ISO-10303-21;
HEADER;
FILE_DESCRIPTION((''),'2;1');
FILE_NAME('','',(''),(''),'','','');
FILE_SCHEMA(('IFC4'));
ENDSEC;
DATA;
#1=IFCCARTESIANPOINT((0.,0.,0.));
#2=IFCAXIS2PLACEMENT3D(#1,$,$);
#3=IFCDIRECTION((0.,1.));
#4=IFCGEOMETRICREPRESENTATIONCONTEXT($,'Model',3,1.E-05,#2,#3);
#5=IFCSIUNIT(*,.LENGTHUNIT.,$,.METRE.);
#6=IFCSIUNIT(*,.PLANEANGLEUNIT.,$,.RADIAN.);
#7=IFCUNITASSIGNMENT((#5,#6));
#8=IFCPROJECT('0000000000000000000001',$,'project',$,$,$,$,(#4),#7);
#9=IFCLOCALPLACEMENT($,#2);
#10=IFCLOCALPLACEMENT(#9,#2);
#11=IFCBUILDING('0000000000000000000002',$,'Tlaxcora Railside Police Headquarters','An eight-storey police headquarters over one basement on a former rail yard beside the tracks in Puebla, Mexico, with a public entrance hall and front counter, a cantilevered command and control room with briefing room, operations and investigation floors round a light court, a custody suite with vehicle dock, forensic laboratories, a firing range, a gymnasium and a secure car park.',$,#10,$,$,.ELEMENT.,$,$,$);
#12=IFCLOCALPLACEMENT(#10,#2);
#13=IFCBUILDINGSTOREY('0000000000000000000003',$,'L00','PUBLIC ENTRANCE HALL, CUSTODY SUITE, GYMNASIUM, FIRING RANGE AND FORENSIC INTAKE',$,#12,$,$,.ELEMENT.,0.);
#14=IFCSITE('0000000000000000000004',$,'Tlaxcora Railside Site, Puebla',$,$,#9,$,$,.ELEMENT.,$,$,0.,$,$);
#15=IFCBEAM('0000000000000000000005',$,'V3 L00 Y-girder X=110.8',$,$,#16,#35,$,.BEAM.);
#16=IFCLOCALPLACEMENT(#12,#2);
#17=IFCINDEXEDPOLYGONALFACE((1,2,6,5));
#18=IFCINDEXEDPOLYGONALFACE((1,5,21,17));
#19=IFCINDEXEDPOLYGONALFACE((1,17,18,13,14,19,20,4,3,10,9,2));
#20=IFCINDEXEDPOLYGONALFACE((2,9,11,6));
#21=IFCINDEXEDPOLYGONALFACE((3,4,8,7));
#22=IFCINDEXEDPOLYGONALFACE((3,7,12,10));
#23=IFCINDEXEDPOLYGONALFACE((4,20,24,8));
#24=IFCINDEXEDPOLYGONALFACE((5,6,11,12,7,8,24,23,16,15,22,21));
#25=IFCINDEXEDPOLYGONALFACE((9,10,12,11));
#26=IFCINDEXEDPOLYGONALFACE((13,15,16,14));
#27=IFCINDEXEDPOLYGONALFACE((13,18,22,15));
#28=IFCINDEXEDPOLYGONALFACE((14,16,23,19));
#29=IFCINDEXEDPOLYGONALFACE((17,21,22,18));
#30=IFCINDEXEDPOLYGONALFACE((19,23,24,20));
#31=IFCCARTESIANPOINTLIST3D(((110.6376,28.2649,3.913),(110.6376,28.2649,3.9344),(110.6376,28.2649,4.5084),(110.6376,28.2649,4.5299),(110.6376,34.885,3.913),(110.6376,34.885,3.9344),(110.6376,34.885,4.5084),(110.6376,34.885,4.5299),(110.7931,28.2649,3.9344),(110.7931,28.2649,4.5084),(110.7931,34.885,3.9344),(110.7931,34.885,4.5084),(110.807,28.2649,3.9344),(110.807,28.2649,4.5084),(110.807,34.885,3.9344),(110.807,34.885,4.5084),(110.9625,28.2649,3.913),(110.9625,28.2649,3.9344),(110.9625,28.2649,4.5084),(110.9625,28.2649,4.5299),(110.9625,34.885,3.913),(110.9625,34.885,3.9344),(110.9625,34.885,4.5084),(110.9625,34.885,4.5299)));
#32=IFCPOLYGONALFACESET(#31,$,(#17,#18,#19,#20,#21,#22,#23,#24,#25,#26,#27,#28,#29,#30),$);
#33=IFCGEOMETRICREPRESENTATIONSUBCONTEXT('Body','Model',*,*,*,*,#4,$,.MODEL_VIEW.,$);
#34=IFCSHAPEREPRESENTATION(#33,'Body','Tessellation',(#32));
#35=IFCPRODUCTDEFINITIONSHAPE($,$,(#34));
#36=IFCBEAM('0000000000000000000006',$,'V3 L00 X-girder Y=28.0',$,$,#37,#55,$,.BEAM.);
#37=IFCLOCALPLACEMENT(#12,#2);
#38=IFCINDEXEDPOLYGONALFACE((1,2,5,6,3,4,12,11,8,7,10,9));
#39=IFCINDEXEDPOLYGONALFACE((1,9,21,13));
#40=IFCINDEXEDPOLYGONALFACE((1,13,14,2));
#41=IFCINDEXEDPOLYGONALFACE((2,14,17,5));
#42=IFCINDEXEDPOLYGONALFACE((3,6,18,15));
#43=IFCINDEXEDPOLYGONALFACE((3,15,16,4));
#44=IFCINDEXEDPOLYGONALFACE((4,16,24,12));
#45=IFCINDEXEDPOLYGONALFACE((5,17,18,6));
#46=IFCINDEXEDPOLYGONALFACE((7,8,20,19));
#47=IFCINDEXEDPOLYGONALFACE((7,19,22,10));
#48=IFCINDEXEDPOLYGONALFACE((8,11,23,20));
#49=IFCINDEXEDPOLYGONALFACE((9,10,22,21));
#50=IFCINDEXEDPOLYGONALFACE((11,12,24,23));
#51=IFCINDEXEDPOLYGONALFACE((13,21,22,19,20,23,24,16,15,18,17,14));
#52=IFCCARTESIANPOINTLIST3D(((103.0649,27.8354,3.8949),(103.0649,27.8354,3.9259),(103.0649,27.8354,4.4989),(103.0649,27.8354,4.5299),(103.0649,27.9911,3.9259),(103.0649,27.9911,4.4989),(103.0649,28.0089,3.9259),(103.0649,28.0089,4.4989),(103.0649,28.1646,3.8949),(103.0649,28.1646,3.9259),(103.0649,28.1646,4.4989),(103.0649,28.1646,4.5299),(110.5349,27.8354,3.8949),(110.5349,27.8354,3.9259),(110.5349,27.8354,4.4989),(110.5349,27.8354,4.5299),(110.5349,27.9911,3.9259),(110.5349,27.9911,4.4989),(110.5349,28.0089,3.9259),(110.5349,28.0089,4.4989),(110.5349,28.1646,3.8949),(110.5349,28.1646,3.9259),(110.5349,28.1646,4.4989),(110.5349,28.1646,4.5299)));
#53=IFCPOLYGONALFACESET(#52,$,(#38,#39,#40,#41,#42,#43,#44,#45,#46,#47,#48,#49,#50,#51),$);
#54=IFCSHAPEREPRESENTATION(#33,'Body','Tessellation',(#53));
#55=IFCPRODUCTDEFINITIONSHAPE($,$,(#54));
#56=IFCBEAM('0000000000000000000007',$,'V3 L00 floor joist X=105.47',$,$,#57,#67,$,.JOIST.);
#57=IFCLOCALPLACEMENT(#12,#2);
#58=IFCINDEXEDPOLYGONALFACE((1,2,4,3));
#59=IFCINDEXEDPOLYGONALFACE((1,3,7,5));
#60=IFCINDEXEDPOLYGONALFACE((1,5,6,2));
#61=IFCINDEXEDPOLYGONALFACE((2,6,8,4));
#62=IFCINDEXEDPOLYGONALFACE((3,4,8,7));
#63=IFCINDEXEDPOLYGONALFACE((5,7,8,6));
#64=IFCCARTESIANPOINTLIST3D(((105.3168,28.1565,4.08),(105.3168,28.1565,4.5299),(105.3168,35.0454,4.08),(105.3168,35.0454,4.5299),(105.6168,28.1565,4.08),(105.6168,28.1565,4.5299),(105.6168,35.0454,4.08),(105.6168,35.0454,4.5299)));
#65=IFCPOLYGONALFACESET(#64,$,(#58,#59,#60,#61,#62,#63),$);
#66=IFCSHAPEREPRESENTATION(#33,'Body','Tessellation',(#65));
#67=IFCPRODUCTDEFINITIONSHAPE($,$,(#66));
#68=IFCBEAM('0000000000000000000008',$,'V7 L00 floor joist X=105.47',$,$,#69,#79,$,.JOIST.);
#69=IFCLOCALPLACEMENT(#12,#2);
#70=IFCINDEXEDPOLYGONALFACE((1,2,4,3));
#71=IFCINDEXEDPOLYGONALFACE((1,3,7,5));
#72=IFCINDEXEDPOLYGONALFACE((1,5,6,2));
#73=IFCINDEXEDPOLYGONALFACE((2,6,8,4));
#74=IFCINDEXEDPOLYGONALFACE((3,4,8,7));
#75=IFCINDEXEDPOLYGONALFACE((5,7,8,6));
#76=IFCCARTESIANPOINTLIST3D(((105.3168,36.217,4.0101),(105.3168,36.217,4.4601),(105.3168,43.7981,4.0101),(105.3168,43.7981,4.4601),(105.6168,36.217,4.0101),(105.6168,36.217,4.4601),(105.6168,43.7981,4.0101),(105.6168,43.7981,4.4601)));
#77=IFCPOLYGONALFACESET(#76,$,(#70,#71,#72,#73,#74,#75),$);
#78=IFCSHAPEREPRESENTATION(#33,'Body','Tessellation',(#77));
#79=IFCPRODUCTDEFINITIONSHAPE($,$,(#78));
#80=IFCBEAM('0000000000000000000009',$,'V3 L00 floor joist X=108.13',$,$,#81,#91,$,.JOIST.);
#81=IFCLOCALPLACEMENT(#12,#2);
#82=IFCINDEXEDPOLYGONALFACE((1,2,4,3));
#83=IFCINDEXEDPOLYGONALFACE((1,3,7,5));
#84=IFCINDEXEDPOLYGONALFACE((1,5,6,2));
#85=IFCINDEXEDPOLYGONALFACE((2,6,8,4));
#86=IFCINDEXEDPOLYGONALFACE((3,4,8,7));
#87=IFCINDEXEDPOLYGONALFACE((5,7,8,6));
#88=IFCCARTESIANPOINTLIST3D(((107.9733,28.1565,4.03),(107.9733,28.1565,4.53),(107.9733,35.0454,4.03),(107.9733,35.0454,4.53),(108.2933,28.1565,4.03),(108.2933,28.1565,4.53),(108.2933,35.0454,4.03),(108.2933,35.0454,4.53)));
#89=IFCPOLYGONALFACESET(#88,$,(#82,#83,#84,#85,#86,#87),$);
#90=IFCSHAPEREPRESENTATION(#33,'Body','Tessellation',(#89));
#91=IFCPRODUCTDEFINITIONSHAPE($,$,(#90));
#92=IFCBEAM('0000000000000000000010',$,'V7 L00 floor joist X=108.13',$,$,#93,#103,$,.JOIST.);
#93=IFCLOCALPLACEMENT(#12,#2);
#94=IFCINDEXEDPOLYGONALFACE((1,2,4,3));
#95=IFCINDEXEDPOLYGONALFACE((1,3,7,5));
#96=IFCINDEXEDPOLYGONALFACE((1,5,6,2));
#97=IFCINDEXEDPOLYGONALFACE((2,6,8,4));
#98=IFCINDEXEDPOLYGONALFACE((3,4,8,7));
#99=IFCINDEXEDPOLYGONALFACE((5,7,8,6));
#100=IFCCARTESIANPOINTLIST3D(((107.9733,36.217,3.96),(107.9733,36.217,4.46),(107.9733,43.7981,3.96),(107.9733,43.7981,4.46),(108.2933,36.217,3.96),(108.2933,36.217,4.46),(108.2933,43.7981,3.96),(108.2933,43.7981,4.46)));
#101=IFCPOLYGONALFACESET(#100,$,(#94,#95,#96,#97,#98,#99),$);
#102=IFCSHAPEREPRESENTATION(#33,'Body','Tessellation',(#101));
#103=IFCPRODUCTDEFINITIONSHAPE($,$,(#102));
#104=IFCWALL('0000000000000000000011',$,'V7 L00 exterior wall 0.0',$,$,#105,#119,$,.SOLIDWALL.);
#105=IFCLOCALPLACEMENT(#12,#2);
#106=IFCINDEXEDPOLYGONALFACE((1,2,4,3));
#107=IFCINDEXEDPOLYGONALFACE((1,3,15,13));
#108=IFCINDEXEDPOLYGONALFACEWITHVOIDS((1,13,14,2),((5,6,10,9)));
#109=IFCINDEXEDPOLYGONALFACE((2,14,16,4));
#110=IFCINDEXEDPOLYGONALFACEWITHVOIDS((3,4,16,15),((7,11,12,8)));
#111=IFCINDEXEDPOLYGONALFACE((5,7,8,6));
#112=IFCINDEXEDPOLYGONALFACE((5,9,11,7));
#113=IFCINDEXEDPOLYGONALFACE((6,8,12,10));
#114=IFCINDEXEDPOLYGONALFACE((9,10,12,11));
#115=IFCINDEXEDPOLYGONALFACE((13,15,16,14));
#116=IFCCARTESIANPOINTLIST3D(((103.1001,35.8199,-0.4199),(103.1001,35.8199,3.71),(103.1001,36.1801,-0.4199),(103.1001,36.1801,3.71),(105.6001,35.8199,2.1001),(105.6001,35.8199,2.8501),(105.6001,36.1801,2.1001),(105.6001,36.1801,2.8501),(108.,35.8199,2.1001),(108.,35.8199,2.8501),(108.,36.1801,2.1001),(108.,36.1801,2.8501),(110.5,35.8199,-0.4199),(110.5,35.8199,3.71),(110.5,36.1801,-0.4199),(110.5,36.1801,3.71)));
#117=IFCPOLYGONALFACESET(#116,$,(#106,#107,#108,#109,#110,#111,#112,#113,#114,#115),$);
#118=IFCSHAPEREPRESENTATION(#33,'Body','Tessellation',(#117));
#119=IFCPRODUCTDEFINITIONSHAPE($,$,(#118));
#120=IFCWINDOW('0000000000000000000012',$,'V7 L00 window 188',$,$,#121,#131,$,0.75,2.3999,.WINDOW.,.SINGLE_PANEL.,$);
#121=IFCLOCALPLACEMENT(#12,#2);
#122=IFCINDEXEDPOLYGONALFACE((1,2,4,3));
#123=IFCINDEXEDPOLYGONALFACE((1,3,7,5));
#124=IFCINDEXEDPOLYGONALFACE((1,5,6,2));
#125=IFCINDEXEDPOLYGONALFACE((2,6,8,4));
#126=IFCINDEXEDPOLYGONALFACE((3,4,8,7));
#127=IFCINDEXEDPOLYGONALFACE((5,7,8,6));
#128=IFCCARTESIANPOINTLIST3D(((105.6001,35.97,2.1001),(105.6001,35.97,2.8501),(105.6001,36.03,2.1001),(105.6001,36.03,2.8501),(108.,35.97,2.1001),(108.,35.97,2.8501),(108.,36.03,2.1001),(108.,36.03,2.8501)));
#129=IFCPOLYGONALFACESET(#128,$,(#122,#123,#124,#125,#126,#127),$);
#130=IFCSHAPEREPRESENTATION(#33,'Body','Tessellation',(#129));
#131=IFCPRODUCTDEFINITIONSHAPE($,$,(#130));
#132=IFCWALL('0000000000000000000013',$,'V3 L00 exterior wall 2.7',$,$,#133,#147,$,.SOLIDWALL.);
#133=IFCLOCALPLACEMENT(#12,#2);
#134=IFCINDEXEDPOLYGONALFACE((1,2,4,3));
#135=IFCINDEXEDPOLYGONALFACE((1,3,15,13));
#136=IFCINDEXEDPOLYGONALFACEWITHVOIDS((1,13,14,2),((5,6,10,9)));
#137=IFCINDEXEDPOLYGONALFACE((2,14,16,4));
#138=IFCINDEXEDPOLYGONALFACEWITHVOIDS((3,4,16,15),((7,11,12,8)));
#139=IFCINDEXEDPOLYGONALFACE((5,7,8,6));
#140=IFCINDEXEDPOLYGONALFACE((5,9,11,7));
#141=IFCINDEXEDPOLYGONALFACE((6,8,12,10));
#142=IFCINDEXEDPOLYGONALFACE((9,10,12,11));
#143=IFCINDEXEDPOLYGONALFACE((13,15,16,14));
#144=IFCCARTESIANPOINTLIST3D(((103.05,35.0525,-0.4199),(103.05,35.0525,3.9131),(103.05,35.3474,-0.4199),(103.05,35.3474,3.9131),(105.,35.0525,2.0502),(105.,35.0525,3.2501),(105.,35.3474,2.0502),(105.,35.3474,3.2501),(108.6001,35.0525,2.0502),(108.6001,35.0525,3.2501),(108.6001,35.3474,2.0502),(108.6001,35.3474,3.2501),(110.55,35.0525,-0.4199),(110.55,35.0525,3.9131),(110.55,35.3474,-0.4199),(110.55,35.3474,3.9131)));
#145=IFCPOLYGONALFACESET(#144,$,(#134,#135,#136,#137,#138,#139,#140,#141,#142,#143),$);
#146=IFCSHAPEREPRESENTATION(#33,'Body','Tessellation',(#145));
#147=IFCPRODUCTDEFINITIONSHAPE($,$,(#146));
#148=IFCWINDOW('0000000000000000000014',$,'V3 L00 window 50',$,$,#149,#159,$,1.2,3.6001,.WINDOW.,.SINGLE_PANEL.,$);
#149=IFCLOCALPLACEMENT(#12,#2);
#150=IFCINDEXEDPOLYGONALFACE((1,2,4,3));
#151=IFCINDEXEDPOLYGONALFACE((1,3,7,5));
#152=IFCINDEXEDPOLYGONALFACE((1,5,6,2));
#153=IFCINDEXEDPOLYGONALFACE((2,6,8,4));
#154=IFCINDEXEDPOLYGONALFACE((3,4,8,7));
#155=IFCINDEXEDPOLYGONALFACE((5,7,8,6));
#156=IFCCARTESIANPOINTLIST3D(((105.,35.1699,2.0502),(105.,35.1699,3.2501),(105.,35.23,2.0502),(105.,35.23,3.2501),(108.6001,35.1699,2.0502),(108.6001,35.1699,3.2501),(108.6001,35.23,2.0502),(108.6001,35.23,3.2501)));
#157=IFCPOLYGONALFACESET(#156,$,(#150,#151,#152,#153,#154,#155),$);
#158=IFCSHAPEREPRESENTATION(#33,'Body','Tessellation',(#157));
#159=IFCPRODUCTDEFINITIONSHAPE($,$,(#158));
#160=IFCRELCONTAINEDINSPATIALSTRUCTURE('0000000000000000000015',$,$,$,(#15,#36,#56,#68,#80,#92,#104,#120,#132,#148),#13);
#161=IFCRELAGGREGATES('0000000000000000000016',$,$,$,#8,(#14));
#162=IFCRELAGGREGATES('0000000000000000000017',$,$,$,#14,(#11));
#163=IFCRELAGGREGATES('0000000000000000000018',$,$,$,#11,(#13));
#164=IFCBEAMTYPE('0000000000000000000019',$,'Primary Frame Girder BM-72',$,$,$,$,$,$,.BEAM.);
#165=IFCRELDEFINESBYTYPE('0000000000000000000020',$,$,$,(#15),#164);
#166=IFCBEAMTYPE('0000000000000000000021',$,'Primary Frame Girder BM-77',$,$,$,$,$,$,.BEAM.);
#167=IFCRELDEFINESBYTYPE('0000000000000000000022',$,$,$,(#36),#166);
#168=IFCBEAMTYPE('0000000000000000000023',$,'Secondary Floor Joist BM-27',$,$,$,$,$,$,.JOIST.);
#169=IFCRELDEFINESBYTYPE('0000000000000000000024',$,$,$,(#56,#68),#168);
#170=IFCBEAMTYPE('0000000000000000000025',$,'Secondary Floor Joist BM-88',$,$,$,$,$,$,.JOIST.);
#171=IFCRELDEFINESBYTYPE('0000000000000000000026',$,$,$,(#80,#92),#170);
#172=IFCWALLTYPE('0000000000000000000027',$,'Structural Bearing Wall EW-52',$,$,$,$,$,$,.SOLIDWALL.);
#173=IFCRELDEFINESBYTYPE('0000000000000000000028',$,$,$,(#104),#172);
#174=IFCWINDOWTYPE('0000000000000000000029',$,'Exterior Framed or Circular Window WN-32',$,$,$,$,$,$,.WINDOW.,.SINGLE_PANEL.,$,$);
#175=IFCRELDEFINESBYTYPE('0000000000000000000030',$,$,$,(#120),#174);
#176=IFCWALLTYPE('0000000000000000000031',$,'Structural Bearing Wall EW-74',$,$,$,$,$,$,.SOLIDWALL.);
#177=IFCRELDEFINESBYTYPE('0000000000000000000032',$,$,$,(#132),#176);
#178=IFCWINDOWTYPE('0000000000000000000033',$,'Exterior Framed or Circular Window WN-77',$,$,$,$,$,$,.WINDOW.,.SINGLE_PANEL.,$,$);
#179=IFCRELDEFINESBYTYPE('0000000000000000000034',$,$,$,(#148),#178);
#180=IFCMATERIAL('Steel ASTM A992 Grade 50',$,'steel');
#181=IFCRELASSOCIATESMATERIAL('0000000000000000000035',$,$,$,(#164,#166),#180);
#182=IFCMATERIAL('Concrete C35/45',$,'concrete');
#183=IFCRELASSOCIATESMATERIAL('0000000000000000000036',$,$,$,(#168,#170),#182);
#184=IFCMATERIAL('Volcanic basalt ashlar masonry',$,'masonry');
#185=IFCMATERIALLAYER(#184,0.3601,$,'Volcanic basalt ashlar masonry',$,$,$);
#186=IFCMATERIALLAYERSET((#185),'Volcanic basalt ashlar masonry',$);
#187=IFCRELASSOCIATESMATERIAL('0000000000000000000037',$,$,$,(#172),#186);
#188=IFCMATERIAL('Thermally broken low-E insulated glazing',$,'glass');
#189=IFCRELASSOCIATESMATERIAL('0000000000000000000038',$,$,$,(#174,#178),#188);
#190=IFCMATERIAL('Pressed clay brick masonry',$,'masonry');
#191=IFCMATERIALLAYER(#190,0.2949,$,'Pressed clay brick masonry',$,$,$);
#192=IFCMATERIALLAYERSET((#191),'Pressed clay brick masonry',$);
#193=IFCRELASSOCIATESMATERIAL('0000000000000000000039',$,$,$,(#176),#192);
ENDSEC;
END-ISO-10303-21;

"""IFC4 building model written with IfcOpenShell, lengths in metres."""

from ifc_helpers import new_model, si_unit, direction, frame, frame_2d, origin, origin_2d, place, context, subcontext, project, spatial, rectangle, i_section, extrude, material, layer, layer_set, material_profile, profile_set, type_object, element, fill, save


model = new_model("IFC4")

# Units and contexts
model_context = context("Model", 3, precision=1e-05, world=origin(), true_north=direction((0.0, 1.0)))
body_context = subcontext(model_context, "Body", "Model", "MODEL_VIEW")
ifc_project = project(units=[si_unit("LENGTHUNIT", "METRE"), si_unit("PLANEANGLEUNIT", "RADIAN")], contexts=[model_context])

# Site, building, storey
site_placement = place(None, origin())
site = spatial("IfcSite", under=ifc_project, at=site_placement, Name="Tlaxcora Railside Site, Puebla", CompositionType="ELEMENT", RefElevation=0.0)
building_placement = place(site_placement, origin())
building = spatial("IfcBuilding", under=site, at=building_placement, Name="Tlaxcora Railside Police Headquarters", Description="An eight-storey police headquarters over one basement on a former rail yard beside the tracks in Puebla, Mexico, with a public entrance hall and front counter, a cantilevered command and control room with briefing room, operations and investigation floors round a light court, a custody suite with vehicle dock, forensic laboratories, a firing range, a gymnasium and a secure car park.", CompositionType="ELEMENT")
storey_placement = place(building_placement, origin())
storey = spatial("IfcBuildingStorey", under=building, at=storey_placement, Name="L00", Description="PUBLIC ENTRANCE HALL, CUSTODY SUITE, GYMNASIUM, FIRING RANGE AND FORENSIC INTAKE", CompositionType="ELEMENT", Elevation=0.0)

# Shared definitions
ifc_material_1 = material(Name="Concrete C35/45", Category="concrete")

# Beams
ifc_material_2 = material(Name="Steel ASTM A992 Grade 50", Category="steel")
ifc_material_profile_1 = material_profile(ifc_material_2, i_section(OverallWidth=0.325, OverallDepth=0.6169, WebThickness=0.0139, FlangeThickness=0.0215, at=origin_2d()), Name="W24X117")
ifc_profile_set_1 = profile_set([ifc_material_profile_1], Name="Steel ASTM A992 Grade 50")
beam_type_1 = type_object("IfcBeamType", Name="Primary Frame Girder BM-72", PredefinedType="BEAM", material=ifc_profile_set_1)
beam_1_placement = place(storey_placement, frame((110.8, 28.2649, 4.2214), z_axis=(0.0, 1.0, 0.0), x_axis=(-1.0, 0.0, 0.0)))
element("IfcBeam", 1, at=beam_1_placement, inside=storey, type_object=beam_type_1, Name="V3 L00 Y-girder X=110.8", PredefinedType="BEAM", context=body_context, shape_type="SweptSolid", body=[
    extrude(i_section(OverallWidth=0.325, OverallDepth=0.6169, WebThickness=0.0139, FlangeThickness=0.0215, at=origin_2d()), origin(), (0.0, 0.0, 1.0), 6.6201),
])
ifc_material_profile_2 = material_profile(ifc_material_2, i_section(OverallWidth=0.3291, OverallDepth=0.635, WebThickness=0.0178, FlangeThickness=0.031, at=origin_2d()), Name="W24X162")
ifc_profile_set_2 = profile_set([ifc_material_profile_2], Name="Steel ASTM A992 Grade 50")
beam_type_2 = type_object("IfcBeamType", Name="Primary Frame Girder BM-77", PredefinedType="BEAM", material=ifc_profile_set_2)
beam_2_placement = place(storey_placement, frame((103.0649, 28.0, 4.2124), z_axis=(1.0, 0.0, 0.0), x_axis=(0.0, 1.0, 0.0)))
element("IfcBeam", 2, at=beam_2_placement, inside=storey, type_object=beam_type_2, Name="V3 L00 X-girder Y=28.0", PredefinedType="BEAM", context=body_context, shape_type="SweptSolid", body=[
    extrude(i_section(OverallWidth=0.3291, OverallDepth=0.635, WebThickness=0.0178, FlangeThickness=0.031, at=origin_2d()), origin(), (0.0, 0.0, 1.0), 7.47),
])
ifc_material_profile_3 = material_profile(ifc_material_1, rectangle(XDim=0.3, YDim=0.45, at=origin_2d()), Name="RC300X450")
ifc_profile_set_3 = profile_set([ifc_material_profile_3], Name="Concrete C35/45")
beam_type_3 = type_object("IfcBeamType", Name="Secondary Floor Joist BM-27", PredefinedType="JOIST", material=ifc_profile_set_3)
beam_3_placement = place(storey_placement, frame((105.4668, 28.1565, 4.3049), z_axis=(0.0, 1.0, 0.0), x_axis=(-1.0, 0.0, 0.0)))
element("IfcBeam", 3, at=beam_3_placement, inside=storey, type_object=beam_type_3, Name="V3 L00 floor joist X=105.47", PredefinedType="JOIST", context=body_context, shape_type="SweptSolid", body=[
    extrude(rectangle(XDim=0.3, YDim=0.45, at=origin_2d()), origin(), (0.0, 0.0, 1.0), 6.8889),
])
beam_4_placement = place(storey_placement, frame((105.4668, 36.217, 4.2351), z_axis=(0.0, 1.0, 0.0), x_axis=(-1.0, 0.0, 0.0)))
element("IfcBeam", 4, at=beam_4_placement, inside=storey, type_object=beam_type_3, Name="V7 L00 floor joist X=105.47", PredefinedType="JOIST", context=body_context, shape_type="SweptSolid", body=[
    extrude(rectangle(XDim=0.3, YDim=0.45, at=origin_2d()), origin(), (0.0, 0.0, 1.0), 7.5811),
])
ifc_material_profile_4 = material_profile(ifc_material_1, rectangle(XDim=0.3201, YDim=0.5, at=origin_2d()), Name="RC320X500")
ifc_profile_set_4 = profile_set([ifc_material_profile_4], Name="Concrete C35/45")
beam_type_4 = type_object("IfcBeamType", Name="Secondary Floor Joist BM-88", PredefinedType="JOIST", material=ifc_profile_set_4)
beam_5_placement = place(storey_placement, frame((108.1333, 28.1565, 4.28), z_axis=(0.0, 1.0, 0.0), x_axis=(-1.0, 0.0, 0.0)))
element("IfcBeam", 5, at=beam_5_placement, inside=storey, type_object=beam_type_4, Name="V3 L00 floor joist X=108.13", PredefinedType="JOIST", context=body_context, shape_type="SweptSolid", body=[
    extrude(rectangle(XDim=0.3201, YDim=0.5, at=origin_2d()), origin(), (0.0, 0.0, 1.0), 6.8889),
])
beam_6_placement = place(storey_placement, frame((108.1333, 36.217, 4.21), z_axis=(0.0, 1.0, 0.0), x_axis=(-1.0, 0.0, 0.0)))
element("IfcBeam", 6, at=beam_6_placement, inside=storey, type_object=beam_type_4, Name="V7 L00 floor joist X=108.13", PredefinedType="JOIST", context=body_context, shape_type="SweptSolid", body=[
    extrude(rectangle(XDim=0.3201, YDim=0.5, at=origin_2d()), origin(), (0.0, 0.0, 1.0), 7.5811),
])

# Walls, openings, windows
ifc_material_3 = material(Name="Volcanic basalt ashlar masonry", Category="masonry")
ifc_layer_1 = layer(ifc_material_3, 0.3601, Name="Volcanic basalt ashlar masonry")
ifc_layer_set_1 = layer_set([ifc_layer_1], Name="Volcanic basalt ashlar masonry")
wall_type_1 = type_object("IfcWallType", Name="Structural Bearing Wall EW-52", PredefinedType="SOLIDWALL", material=ifc_layer_set_1)
wall_1_placement = place(storey_placement, frame((103.1001, 36.0, -0.4199), z_axis=(0.0, 0.0, 1.0), x_axis=(1.0, 0.0, 0.0)))
wall_1 = element("IfcWall", 7, at=wall_1_placement, inside=storey, type_object=wall_type_1, Name="V7 L00 exterior wall 0.0", PredefinedType="SOLIDWALL", context=body_context, shape_type="SweptSolid", body=[
    extrude(rectangle(XDim=7.3999, YDim=0.3601, at=frame_2d((3.7, 0.0))), origin(), (0.0, 0.0, 1.0), 4.1299),
])
opening_1_placement = place(wall_1_placement, frame((2.5, 0.0, 2.52)))
opening_1 = element("IfcOpeningElement", 8, at=opening_1_placement, cuts=wall_1, PredefinedType="OPENING", context=body_context, shape_type="SweptSolid", body=[
    extrude(rectangle(XDim=2.3999, YDim=0.75, at=frame_2d((1.2, 0.375))), frame((0.0, 0.1899, 0.0), z_axis=(0.0, -1.0, 0.0), x_axis=(1.0, 0.0, 0.0)), (0.0, 0.0, 1.0), 0.3801),
])
ifc_material_4 = material(Name="Thermally broken low-E insulated glazing", Category="glass")
window_type_1 = type_object("IfcWindowType", Name="Exterior Framed or Circular Window WN-32", PartitioningType="SINGLE_PANEL", PredefinedType="WINDOW", material=ifc_material_4)
window_1_placement = place(opening_1_placement, origin())
window_1 = element("IfcWindow", 9, at=window_1_placement, inside=storey, type_object=window_type_1, Name="V7 L00 window 188", OverallHeight=0.75, OverallWidth=2.3999, PartitioningType="SINGLE_PANEL", PredefinedType="WINDOW", context=body_context, shape_type="SweptSolid", body=[
    extrude(rectangle(XDim=2.3999, YDim=0.75, at=frame_2d((1.2, 0.375))), frame((0.0, 0.03, 0.0), z_axis=(0.0, -1.0, 0.0), x_axis=(1.0, 0.0, 0.0)), (0.0, 0.0, 1.0), 0.0601),
])
fill(opening_1, window_1)
ifc_material_5 = material(Name="Pressed clay brick masonry", Category="masonry")
ifc_layer_2 = layer(ifc_material_5, 0.2949, Name="Pressed clay brick masonry")
ifc_layer_set_2 = layer_set([ifc_layer_2], Name="Pressed clay brick masonry")
wall_type_2 = type_object("IfcWallType", Name="Structural Bearing Wall EW-74", PredefinedType="SOLIDWALL", material=ifc_layer_set_2)
wall_2_placement = place(storey_placement, frame((110.55, 35.2, -0.4199), z_axis=(0.0, 0.0, 1.0), x_axis=(-1.0, 0.0, 0.0)))
wall_2 = element("IfcWall", 10, at=wall_2_placement, inside=storey, type_object=wall_type_2, Name="V3 L00 exterior wall 2.7", PredefinedType="SOLIDWALL", context=body_context, shape_type="SweptSolid", body=[
    extrude(rectangle(XDim=7.5, YDim=0.2949, at=frame_2d((3.75, 0.0))), origin(), (0.0, 0.0, 1.0), 4.333),
])
opening_2_placement = place(wall_2_placement, frame((1.95, 0.0, 2.47)))
opening_2 = element("IfcOpeningElement", 11, at=opening_2_placement, cuts=wall_2, PredefinedType="OPENING", context=body_context, shape_type="SweptSolid", body=[
    extrude(rectangle(XDim=3.6001, YDim=1.2, at=frame_2d((1.8, 0.6001))), frame((0.0, 0.1575, 0.0), z_axis=(0.0, -1.0, 0.0), x_axis=(1.0, 0.0, 0.0)), (0.0, 0.0, 1.0), 0.3149),
])
window_type_2 = type_object("IfcWindowType", Name="Exterior Framed or Circular Window WN-77", PartitioningType="SINGLE_PANEL", PredefinedType="WINDOW", material=ifc_material_4)
window_2_placement = place(opening_2_placement, origin())
window_2 = element("IfcWindow", 12, at=window_2_placement, inside=storey, type_object=window_type_2, Name="V3 L00 window 50", OverallHeight=1.2, OverallWidth=3.6001, PartitioningType="SINGLE_PANEL", PredefinedType="WINDOW", context=body_context, shape_type="SweptSolid", body=[
    extrude(rectangle(XDim=3.6001, YDim=1.2, at=frame_2d((1.8, 0.6001))), frame((0.0, 0.03, 0.0), z_axis=(0.0, -1.0, 0.0), x_axis=(1.0, 0.0, 0.0)), (0.0, 0.0, 1.0), 0.0601),
])
fill(opening_2, window_2)

save(model, "model.ifc")
